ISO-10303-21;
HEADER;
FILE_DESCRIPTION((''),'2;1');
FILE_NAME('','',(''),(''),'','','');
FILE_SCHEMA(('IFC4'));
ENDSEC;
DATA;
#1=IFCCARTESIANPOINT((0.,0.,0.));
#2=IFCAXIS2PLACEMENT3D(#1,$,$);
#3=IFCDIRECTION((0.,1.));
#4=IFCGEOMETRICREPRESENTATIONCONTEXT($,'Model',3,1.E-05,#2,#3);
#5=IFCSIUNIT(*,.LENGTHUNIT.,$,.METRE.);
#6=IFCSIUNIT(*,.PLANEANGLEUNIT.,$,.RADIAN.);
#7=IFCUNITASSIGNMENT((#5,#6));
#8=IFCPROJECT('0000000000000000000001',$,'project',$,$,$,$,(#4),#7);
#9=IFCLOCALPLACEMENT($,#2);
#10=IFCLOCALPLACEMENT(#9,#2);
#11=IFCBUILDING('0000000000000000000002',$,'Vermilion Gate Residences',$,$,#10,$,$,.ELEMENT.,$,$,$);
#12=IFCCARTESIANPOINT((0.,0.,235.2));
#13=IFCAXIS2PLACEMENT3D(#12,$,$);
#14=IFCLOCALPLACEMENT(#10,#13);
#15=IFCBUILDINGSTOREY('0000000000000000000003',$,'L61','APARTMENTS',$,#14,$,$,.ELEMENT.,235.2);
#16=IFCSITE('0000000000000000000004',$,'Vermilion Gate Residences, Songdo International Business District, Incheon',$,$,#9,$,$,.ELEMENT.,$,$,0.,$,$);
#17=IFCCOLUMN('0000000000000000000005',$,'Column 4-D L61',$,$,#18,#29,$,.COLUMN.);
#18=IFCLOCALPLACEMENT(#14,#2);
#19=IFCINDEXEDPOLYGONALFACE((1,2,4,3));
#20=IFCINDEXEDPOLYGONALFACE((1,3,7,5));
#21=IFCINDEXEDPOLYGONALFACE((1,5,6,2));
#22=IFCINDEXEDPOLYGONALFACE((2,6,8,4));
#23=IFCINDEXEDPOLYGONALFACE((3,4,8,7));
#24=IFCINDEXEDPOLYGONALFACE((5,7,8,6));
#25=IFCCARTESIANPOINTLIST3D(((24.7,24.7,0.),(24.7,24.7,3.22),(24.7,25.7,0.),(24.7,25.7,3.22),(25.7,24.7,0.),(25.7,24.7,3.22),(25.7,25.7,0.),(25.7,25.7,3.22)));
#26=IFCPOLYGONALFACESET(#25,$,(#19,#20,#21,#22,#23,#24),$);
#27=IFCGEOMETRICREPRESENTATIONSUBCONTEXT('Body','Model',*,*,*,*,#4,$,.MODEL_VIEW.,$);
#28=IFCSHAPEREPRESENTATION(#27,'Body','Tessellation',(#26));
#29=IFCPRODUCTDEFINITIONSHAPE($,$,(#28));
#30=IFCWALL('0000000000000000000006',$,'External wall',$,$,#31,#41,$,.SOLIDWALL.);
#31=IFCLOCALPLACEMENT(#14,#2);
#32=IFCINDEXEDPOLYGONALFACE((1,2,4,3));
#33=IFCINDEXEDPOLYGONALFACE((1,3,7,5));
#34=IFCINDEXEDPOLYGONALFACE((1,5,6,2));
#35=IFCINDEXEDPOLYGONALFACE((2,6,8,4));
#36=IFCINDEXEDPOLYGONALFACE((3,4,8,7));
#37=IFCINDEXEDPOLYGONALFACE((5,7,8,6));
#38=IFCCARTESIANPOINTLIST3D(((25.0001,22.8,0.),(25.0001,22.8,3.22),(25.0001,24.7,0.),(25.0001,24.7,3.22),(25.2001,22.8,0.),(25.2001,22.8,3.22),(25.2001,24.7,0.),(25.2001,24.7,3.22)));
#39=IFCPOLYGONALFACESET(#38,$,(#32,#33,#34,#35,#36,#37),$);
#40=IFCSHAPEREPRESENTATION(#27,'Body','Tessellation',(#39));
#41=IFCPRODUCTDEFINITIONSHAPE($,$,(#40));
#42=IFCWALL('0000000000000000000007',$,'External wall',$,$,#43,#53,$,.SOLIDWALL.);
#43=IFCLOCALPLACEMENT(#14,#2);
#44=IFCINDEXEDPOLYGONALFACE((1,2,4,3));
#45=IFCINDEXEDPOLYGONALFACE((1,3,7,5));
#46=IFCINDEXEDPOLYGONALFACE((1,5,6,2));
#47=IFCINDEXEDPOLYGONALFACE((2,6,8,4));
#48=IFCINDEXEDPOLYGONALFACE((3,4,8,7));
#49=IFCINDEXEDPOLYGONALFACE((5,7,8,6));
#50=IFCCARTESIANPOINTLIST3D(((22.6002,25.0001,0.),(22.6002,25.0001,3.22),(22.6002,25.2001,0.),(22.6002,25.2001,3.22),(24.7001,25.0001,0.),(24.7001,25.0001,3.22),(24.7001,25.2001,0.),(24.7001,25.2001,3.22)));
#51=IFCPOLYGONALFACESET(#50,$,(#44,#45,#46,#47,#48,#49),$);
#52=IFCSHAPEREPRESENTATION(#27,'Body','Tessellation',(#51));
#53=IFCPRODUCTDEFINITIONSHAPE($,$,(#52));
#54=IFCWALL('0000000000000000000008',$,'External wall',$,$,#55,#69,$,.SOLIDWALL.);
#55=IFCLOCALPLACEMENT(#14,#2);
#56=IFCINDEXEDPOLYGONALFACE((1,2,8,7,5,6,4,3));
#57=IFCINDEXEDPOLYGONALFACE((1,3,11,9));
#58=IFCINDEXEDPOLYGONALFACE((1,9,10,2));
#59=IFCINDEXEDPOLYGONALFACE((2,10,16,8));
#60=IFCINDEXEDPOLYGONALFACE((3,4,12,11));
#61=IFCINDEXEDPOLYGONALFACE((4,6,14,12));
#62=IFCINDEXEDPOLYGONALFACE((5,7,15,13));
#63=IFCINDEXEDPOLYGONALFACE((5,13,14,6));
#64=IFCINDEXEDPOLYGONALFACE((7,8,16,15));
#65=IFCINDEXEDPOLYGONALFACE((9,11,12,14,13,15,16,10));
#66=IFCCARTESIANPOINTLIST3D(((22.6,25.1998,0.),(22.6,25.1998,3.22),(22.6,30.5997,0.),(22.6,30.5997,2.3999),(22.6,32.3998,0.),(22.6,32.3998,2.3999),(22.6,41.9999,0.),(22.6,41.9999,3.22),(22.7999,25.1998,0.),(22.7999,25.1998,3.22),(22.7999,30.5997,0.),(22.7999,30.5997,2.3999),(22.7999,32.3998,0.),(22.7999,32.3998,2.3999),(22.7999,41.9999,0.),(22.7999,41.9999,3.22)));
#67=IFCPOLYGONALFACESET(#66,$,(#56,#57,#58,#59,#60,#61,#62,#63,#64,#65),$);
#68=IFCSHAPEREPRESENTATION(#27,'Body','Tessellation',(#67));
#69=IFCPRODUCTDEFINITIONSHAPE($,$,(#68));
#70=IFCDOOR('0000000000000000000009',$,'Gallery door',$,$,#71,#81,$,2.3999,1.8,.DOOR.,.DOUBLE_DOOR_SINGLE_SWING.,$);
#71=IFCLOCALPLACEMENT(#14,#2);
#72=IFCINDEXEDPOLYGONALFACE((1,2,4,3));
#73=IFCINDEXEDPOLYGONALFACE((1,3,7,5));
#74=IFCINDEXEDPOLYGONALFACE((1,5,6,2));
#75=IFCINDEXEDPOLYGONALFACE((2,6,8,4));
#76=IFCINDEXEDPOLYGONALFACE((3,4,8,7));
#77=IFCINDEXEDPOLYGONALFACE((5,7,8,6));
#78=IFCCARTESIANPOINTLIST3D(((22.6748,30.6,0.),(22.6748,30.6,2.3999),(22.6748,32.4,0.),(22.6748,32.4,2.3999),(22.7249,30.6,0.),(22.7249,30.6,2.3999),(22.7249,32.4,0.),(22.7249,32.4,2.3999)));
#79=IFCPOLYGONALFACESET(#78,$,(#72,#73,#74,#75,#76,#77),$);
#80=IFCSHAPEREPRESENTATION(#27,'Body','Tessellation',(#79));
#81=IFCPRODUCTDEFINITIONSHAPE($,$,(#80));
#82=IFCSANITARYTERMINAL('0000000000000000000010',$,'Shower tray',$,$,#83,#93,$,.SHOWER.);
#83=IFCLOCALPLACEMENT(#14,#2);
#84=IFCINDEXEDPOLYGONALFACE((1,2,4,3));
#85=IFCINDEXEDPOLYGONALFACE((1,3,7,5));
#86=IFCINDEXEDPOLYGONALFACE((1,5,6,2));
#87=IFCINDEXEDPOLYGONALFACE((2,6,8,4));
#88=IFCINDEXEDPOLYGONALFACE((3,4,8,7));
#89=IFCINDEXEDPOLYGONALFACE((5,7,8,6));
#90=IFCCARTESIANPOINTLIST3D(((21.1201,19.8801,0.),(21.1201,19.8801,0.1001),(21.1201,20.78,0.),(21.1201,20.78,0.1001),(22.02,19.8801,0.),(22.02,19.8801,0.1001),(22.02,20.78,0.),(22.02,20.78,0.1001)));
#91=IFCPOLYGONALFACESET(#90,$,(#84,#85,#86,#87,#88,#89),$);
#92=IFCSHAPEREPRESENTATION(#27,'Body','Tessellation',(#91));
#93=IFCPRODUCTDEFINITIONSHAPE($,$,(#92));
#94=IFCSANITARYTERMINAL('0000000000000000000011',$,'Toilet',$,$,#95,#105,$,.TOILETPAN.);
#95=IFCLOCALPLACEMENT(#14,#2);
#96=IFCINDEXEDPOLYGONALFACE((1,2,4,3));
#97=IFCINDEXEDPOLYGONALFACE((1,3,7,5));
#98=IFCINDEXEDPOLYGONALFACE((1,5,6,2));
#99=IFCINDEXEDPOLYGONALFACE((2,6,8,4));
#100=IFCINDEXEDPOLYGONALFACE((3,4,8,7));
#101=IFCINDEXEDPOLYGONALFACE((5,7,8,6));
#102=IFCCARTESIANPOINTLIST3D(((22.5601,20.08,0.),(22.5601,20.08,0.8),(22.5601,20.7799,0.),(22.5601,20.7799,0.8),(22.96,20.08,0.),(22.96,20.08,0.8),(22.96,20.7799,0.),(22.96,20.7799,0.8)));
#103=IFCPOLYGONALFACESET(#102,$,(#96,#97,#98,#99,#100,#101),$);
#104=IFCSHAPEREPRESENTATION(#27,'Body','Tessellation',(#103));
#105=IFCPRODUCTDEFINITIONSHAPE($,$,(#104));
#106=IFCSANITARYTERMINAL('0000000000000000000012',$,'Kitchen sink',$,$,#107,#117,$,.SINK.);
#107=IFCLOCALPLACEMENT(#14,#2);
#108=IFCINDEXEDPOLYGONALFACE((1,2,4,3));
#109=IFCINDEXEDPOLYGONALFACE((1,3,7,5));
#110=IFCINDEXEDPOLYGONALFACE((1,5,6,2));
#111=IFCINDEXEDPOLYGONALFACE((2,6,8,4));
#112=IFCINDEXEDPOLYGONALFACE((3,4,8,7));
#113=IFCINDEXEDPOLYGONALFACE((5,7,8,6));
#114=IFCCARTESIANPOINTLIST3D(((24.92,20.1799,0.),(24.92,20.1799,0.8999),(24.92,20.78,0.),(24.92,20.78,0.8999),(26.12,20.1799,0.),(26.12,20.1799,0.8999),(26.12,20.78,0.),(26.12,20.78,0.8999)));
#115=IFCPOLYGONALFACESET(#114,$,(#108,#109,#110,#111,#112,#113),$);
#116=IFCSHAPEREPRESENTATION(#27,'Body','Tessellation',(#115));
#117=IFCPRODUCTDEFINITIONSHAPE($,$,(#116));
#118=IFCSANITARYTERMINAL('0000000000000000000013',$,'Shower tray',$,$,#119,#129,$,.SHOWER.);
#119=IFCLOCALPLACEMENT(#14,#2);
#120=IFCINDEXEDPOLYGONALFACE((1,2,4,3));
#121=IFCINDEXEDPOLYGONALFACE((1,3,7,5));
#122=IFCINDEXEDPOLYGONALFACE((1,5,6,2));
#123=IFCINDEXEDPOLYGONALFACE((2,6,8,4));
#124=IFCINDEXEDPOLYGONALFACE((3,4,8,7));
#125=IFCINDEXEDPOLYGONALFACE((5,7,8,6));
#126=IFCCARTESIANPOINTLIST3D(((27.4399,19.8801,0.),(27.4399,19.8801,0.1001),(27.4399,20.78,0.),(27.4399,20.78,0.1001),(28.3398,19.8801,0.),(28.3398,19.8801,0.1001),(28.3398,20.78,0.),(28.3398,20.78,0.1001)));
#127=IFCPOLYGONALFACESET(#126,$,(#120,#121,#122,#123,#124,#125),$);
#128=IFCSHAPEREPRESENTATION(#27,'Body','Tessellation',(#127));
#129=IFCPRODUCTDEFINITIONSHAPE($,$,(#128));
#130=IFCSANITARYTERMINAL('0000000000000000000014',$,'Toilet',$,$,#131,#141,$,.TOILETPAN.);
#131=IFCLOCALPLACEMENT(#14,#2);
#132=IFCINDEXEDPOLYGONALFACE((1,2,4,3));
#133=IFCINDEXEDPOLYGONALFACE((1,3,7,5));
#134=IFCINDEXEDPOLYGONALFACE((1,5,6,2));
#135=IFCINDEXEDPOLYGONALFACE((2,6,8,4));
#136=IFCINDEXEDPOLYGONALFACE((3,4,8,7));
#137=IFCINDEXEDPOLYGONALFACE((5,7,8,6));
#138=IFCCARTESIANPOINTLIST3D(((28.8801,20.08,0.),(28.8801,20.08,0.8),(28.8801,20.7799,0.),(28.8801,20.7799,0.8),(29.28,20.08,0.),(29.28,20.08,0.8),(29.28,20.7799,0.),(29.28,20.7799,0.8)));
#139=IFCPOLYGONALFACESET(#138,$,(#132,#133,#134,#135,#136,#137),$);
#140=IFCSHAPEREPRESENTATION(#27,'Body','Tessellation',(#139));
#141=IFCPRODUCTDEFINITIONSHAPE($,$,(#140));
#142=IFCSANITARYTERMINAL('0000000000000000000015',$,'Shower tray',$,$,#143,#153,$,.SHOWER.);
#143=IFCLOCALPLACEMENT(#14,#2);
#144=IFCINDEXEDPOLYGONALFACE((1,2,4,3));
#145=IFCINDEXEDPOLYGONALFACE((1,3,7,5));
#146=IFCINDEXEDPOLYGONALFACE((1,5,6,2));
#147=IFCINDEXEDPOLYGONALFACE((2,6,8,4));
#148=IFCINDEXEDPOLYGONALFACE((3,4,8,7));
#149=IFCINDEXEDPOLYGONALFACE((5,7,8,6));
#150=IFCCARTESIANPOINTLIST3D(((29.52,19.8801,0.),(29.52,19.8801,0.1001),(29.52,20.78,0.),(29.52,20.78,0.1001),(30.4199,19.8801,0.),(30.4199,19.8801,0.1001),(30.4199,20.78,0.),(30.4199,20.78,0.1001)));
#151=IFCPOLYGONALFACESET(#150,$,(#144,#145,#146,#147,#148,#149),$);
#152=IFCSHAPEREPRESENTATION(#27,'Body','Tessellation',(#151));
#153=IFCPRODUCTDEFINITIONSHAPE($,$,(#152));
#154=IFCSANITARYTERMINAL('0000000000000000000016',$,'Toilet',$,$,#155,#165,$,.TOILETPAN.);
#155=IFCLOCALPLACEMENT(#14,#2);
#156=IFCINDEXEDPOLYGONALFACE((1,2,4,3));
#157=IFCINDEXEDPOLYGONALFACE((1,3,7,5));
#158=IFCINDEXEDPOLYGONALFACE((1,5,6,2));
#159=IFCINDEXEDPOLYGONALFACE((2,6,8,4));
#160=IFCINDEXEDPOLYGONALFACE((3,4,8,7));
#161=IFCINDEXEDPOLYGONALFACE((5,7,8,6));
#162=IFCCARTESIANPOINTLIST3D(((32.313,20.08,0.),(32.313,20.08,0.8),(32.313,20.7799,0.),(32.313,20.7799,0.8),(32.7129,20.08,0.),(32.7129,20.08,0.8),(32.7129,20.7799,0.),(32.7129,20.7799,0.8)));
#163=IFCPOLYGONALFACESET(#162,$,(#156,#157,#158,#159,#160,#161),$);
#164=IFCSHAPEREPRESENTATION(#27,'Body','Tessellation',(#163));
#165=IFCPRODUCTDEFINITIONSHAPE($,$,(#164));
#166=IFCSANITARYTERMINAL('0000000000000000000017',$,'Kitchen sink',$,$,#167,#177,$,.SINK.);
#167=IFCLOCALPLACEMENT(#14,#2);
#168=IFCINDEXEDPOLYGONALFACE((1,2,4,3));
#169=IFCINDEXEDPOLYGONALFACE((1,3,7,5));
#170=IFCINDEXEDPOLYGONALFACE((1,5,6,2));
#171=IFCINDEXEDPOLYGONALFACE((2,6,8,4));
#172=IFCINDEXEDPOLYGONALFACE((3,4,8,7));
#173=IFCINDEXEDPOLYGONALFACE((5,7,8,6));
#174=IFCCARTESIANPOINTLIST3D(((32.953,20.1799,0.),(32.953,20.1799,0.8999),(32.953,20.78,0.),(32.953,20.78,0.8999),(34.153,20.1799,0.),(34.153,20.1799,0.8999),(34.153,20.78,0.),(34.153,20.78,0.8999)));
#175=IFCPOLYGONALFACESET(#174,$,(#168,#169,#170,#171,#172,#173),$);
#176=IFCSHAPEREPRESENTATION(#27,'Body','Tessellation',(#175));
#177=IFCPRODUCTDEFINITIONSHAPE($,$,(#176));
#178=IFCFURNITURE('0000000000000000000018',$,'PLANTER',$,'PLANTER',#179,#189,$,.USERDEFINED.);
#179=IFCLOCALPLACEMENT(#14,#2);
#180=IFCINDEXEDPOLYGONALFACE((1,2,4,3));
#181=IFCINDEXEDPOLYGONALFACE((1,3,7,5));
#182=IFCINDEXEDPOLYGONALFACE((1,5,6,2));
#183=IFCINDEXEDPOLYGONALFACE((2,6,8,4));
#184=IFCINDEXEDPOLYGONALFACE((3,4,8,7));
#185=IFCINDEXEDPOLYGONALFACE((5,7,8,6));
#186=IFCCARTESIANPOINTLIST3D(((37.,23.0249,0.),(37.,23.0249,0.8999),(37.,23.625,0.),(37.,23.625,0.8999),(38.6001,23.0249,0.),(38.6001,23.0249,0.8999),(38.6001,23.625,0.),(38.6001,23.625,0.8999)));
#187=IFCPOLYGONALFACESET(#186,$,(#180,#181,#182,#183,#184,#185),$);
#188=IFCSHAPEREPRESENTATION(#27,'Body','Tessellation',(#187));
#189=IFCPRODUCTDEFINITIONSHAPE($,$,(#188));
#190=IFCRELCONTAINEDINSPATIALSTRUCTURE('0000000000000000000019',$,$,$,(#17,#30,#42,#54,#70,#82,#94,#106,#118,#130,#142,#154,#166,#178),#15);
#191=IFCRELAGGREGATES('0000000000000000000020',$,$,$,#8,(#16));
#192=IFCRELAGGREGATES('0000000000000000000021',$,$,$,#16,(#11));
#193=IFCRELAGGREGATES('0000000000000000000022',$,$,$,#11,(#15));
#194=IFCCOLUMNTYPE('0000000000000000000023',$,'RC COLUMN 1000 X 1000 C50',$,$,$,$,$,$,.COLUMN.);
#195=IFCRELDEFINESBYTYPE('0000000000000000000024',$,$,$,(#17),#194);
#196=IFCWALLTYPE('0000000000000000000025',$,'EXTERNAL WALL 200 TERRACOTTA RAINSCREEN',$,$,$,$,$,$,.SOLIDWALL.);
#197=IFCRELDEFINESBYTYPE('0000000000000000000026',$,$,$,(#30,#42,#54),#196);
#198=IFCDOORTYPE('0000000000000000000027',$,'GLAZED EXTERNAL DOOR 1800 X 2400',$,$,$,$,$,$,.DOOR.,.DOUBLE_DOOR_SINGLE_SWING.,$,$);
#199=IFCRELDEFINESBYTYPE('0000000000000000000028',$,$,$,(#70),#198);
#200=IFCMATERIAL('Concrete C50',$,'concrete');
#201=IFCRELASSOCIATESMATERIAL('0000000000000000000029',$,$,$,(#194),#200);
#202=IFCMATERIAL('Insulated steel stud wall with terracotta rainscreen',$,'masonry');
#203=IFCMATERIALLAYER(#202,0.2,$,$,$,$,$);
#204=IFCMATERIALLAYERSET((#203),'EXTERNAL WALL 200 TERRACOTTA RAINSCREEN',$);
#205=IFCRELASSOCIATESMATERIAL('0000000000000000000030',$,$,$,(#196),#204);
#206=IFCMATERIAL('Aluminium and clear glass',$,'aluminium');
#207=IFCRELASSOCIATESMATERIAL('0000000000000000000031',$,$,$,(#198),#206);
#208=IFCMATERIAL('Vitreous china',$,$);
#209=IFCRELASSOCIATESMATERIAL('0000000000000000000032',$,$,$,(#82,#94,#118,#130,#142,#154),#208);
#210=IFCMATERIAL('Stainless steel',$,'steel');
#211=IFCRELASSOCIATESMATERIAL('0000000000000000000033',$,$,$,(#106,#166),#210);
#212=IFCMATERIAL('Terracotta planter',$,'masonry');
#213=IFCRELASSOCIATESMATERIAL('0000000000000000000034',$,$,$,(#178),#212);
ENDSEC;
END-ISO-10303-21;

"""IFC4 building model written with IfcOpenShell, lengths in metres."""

from ifc_helpers import new_model, si_unit, direction, frame, frame_2d, origin, origin_2d, place, context, subcontext, project, spatial, rectangle, extrude, material, layer, layer_set, material_profile, profile_set, type_object, element, fill, save


model = new_model("IFC4")

# Units and contexts
model_context = context("Model", 3, precision=1e-05, world=origin(), true_north=direction((0.0, 1.0)))
body_context = subcontext(model_context, "Body", "Model", "MODEL_VIEW")
ifc_project = project(units=[si_unit("LENGTHUNIT", "METRE"), si_unit("PLANEANGLEUNIT", "RADIAN")], contexts=[model_context])

# Site, building, storey
site_placement = place(None, origin())
site = spatial("IfcSite", under=ifc_project, at=site_placement, Name="Vermilion Gate Residences, Songdo International Business District, Incheon", CompositionType="ELEMENT", RefElevation=0.0)
building_placement = place(site_placement, origin())
building = spatial("IfcBuilding", under=site, at=building_placement, Name="Vermilion Gate Residences", CompositionType="ELEMENT")
storey_placement = place(building_placement, frame((0.0, 0.0, 235.2)))
storey = spatial("IfcBuildingStorey", under=building, at=storey_placement, Name="L61", Description="APARTMENTS", CompositionType="ELEMENT", Elevation=235.2)

# Column
ifc_material_1 = material(Name="Concrete C50", Category="concrete")
ifc_material_profile = material_profile(ifc_material_1, rectangle(XDim=1.0, YDim=1.0, at=origin_2d()), Name="RC-1000x1000")
ifc_profile_set = profile_set([ifc_material_profile], Name="Concrete C50")
column_type = type_object("IfcColumnType", Name="RC COLUMN 1000 X 1000 C50", PredefinedType="COLUMN", material=ifc_profile_set)
column_placement = place(storey_placement, frame((25.2, 25.2, 0.0), z_axis=(0.0, 0.0, 1.0), x_axis=(1.0, 0.0, 0.0)))
element("IfcColumn", 1, at=column_placement, inside=storey, type_object=column_type, Name="Column 4-D L61", PredefinedType="COLUMN", context=body_context, shape_type="SweptSolid", body=[
    extrude(rectangle(XDim=1.0, YDim=1.0, at=origin_2d()), origin(), (0.0, 0.0, 1.0), 3.22),
])

# Walls
ifc_material_2 = material(Name="Insulated steel stud wall with terracotta rainscreen", Category="masonry")
ifc_layer = layer(ifc_material_2, 0.2)
ifc_layer_set = layer_set([ifc_layer], Name="EXTERNAL WALL 200 TERRACOTTA RAINSCREEN")
wall_type = type_object("IfcWallType", Name="EXTERNAL WALL 200 TERRACOTTA RAINSCREEN", PredefinedType="SOLIDWALL", material=ifc_layer_set)
wall_1_placement = place(storey_placement, frame((25.1001, 22.8, 0.0), z_axis=(0.0, 0.0, 1.0), x_axis=(0.0, 1.0, 0.0)))
element("IfcWall", 2, at=wall_1_placement, inside=storey, type_object=wall_type, Name="External wall", PredefinedType="SOLIDWALL", context=body_context, shape_type="SweptSolid", body=[
    extrude(rectangle(XDim=1.8999, YDim=0.2, at=frame_2d((0.95, 0.0))), origin(), (0.0, 0.0, 1.0), 3.22),
])
wall_2_placement = place(storey_placement, frame((24.7, 25.1001, 0.0), z_axis=(0.0, 0.0, 1.0), x_axis=(-1.0, 0.0, 0.0)))
element("IfcWall", 3, at=wall_2_placement, inside=storey, type_object=wall_type, Name="External wall", PredefinedType="SOLIDWALL", context=body_context, shape_type="SweptSolid", body=[
    extrude(rectangle(XDim=2.0999, YDim=0.2, at=frame_2d((1.0498, 0.0))), origin(), (0.0, 0.0, 1.0), 3.22),
])

# Wall, opening, door
wall_3_placement = place(storey_placement, frame((22.7, 25.2, 0.0), z_axis=(0.0, 0.0, 1.0), x_axis=(0.0, 1.0, 0.0)))
wall_3 = element("IfcWall", 4, at=wall_3_placement, inside=storey, type_object=wall_type, Name="External wall", PredefinedType="SOLIDWALL", context=body_context, shape_type="SweptSolid", body=[
    extrude(rectangle(XDim=16.8, YDim=0.2, at=frame_2d((8.3999, 0.0))), origin(), (0.0, 0.0, 1.0), 3.22),
])
opening_placement = place(wall_3_placement, frame((5.3999, 0.0, 0.0)))
opening = element("IfcOpeningElement", 5, at=opening_placement, cuts=wall_3, PredefinedType="OPENING", context=body_context, shape_type="SweptSolid", body=[
    extrude(rectangle(XDim=1.8, YDim=2.3999, at=frame_2d((0.8999, 1.2))), frame((0.0, 0.1099, 0.0), z_axis=(0.0, -1.0, 0.0), x_axis=(1.0, 0.0, 0.0)), (0.0, 0.0, 1.0), 0.22),
])
ifc_material_3 = material(Name="Aluminium and clear glass", Category="aluminium")
door_type = type_object("IfcDoorType", Name="GLAZED EXTERNAL DOOR 1800 X 2400", OperationType="DOUBLE_DOOR_SINGLE_SWING", PredefinedType="DOOR", material=ifc_material_3)
door_placement = place(opening_placement, frame((1.8, 0.0, 0.0), z_axis=(0.0, 0.0, 1.0), x_axis=(-1.0, 0.0, 0.0)))
door = element("IfcDoor", 6, at=door_placement, inside=storey, type_object=door_type, Name="Gallery door", OperationType="DOUBLE_DOOR_SINGLE_SWING", OverallHeight=2.3999, OverallWidth=1.8, PredefinedType="DOOR", context=body_context, shape_type="SweptSolid", body=[
    extrude(rectangle(XDim=1.8, YDim=2.3999, at=frame_2d((0.8999, 1.2))), frame((0.0, 0.0249, 0.0), z_axis=(0.0, -1.0, 0.0), x_axis=(1.0, 0.0, 0.0)), (0.0, 0.0, 1.0), 0.05),
])
fill(opening, door)

# Sanitary terminals
ifc_material_4 = material(Name="Vitreous china")
sanitary_terminal_1_placement = place(storey_placement, frame((21.5701, 20.3301, 0.0), z_axis=(0.0, 0.0, 1.0), x_axis=(1.0, 0.0, 0.0)))
element("IfcSanitaryTerminal", 7, at=sanitary_terminal_1_placement, inside=storey, material=ifc_material_4, Name="Shower tray", PredefinedType="SHOWER", context=body_context, shape_type="SweptSolid", body=[
    extrude(rectangle(XDim=0.8999, YDim=0.8999, at=origin_2d()), origin(), (0.0, 0.0, 1.0), 0.1001),
])
sanitary_terminal_2_placement = place(storey_placement, frame((22.76, 20.4299, 0.0), z_axis=(0.0, 0.0, 1.0), x_axis=(1.0, 0.0, 0.0)))
element("IfcSanitaryTerminal", 8, at=sanitary_terminal_2_placement, inside=storey, material=ifc_material_4, Name="Toilet", PredefinedType="TOILETPAN", context=body_context, shape_type="SweptSolid", body=[
    extrude(rectangle(XDim=0.3999, YDim=0.7, at=origin_2d()), origin(), (0.0, 0.0, 1.0), 0.8),
])
ifc_material_5 = material(Name="Stainless steel", Category="steel")
sanitary_terminal_3_placement = place(storey_placement, frame((25.52, 20.48, 0.0), z_axis=(0.0, 0.0, 1.0), x_axis=(1.0, 0.0, 0.0)))
element("IfcSanitaryTerminal", 9, at=sanitary_terminal_3_placement, inside=storey, material=ifc_material_5, Name="Kitchen sink", PredefinedType="SINK", context=body_context, shape_type="SweptSolid", body=[
    extrude(rectangle(XDim=1.2, YDim=0.6001, at=origin_2d()), origin(), (0.0, 0.0, 1.0), 0.8999),
])
sanitary_terminal_4_placement = place(storey_placement, frame((27.8899, 20.3301, 0.0), z_axis=(0.0, 0.0, 1.0), x_axis=(1.0, 0.0, 0.0)))
element("IfcSanitaryTerminal", 10, at=sanitary_terminal_4_placement, inside=storey, material=ifc_material_4, Name="Shower tray", PredefinedType="SHOWER", context=body_context, shape_type="SweptSolid", body=[
    extrude(rectangle(XDim=0.8999, YDim=0.8999, at=origin_2d()), origin(), (0.0, 0.0, 1.0), 0.1001),
])
sanitary_terminal_5_placement = place(storey_placement, frame((29.0801, 20.4299, 0.0), z_axis=(0.0, 0.0, 1.0), x_axis=(1.0, 0.0, 0.0)))
element("IfcSanitaryTerminal", 11, at=sanitary_terminal_5_placement, inside=storey, material=ifc_material_4, Name="Toilet", PredefinedType="TOILETPAN", context=body_context, shape_type="SweptSolid", body=[
    extrude(rectangle(XDim=0.3999, YDim=0.7, at=origin_2d()), origin(), (0.0, 0.0, 1.0), 0.8),
])
sanitary_terminal_6_placement = place(storey_placement, frame((29.97, 20.3301, 0.0), z_axis=(0.0, 0.0, 1.0), x_axis=(1.0, 0.0, 0.0)))
element("IfcSanitaryTerminal", 12, at=sanitary_terminal_6_placement, inside=storey, material=ifc_material_4, Name="Shower tray", PredefinedType="SHOWER", context=body_context, shape_type="SweptSolid", body=[
    extrude(rectangle(XDim=0.8999, YDim=0.8999, at=origin_2d()), origin(), (0.0, 0.0, 1.0), 0.1001),
])
sanitary_terminal_7_placement = place(storey_placement, frame((32.5129, 20.4299, 0.0), z_axis=(0.0, 0.0, 1.0), x_axis=(1.0, 0.0, 0.0)))
element("IfcSanitaryTerminal", 13, at=sanitary_terminal_7_placement, inside=storey, material=ifc_material_4, Name="Toilet", PredefinedType="TOILETPAN", context=body_context, shape_type="SweptSolid", body=[
    extrude(rectangle(XDim=0.3999, YDim=0.7, at=origin_2d()), origin(), (0.0, 0.0, 1.0), 0.8),
])
sanitary_terminal_8_placement = place(storey_placement, frame((33.553, 20.48, 0.0), z_axis=(0.0, 0.0, 1.0), x_axis=(1.0, 0.0, 0.0)))
element("IfcSanitaryTerminal", 14, at=sanitary_terminal_8_placement, inside=storey, material=ifc_material_5, Name="Kitchen sink", PredefinedType="SINK", context=body_context, shape_type="SweptSolid", body=[
    extrude(rectangle(XDim=1.2, YDim=0.6001, at=origin_2d()), origin(), (0.0, 0.0, 1.0), 0.8999),
])

# Furniture
ifc_material_6 = material(Name="Terracotta planter", Category="masonry")
furniture_placement = place(storey_placement, frame((37.8, 23.325, 0.0), z_axis=(0.0, 0.0, 1.0), x_axis=(-1.0, 0.0, 0.0)))
element("IfcFurniture", 15, at=furniture_placement, inside=storey, material=ifc_material_6, Name="PLANTER", ObjectType="PLANTER", PredefinedType="USERDEFINED", context=body_context, shape_type="SweptSolid", body=[
    extrude(rectangle(XDim=1.6001, YDim=0.6001, at=origin_2d()), origin(), (0.0, 0.0, 1.0), 0.8999),
])

save(model, "model.ifc")
